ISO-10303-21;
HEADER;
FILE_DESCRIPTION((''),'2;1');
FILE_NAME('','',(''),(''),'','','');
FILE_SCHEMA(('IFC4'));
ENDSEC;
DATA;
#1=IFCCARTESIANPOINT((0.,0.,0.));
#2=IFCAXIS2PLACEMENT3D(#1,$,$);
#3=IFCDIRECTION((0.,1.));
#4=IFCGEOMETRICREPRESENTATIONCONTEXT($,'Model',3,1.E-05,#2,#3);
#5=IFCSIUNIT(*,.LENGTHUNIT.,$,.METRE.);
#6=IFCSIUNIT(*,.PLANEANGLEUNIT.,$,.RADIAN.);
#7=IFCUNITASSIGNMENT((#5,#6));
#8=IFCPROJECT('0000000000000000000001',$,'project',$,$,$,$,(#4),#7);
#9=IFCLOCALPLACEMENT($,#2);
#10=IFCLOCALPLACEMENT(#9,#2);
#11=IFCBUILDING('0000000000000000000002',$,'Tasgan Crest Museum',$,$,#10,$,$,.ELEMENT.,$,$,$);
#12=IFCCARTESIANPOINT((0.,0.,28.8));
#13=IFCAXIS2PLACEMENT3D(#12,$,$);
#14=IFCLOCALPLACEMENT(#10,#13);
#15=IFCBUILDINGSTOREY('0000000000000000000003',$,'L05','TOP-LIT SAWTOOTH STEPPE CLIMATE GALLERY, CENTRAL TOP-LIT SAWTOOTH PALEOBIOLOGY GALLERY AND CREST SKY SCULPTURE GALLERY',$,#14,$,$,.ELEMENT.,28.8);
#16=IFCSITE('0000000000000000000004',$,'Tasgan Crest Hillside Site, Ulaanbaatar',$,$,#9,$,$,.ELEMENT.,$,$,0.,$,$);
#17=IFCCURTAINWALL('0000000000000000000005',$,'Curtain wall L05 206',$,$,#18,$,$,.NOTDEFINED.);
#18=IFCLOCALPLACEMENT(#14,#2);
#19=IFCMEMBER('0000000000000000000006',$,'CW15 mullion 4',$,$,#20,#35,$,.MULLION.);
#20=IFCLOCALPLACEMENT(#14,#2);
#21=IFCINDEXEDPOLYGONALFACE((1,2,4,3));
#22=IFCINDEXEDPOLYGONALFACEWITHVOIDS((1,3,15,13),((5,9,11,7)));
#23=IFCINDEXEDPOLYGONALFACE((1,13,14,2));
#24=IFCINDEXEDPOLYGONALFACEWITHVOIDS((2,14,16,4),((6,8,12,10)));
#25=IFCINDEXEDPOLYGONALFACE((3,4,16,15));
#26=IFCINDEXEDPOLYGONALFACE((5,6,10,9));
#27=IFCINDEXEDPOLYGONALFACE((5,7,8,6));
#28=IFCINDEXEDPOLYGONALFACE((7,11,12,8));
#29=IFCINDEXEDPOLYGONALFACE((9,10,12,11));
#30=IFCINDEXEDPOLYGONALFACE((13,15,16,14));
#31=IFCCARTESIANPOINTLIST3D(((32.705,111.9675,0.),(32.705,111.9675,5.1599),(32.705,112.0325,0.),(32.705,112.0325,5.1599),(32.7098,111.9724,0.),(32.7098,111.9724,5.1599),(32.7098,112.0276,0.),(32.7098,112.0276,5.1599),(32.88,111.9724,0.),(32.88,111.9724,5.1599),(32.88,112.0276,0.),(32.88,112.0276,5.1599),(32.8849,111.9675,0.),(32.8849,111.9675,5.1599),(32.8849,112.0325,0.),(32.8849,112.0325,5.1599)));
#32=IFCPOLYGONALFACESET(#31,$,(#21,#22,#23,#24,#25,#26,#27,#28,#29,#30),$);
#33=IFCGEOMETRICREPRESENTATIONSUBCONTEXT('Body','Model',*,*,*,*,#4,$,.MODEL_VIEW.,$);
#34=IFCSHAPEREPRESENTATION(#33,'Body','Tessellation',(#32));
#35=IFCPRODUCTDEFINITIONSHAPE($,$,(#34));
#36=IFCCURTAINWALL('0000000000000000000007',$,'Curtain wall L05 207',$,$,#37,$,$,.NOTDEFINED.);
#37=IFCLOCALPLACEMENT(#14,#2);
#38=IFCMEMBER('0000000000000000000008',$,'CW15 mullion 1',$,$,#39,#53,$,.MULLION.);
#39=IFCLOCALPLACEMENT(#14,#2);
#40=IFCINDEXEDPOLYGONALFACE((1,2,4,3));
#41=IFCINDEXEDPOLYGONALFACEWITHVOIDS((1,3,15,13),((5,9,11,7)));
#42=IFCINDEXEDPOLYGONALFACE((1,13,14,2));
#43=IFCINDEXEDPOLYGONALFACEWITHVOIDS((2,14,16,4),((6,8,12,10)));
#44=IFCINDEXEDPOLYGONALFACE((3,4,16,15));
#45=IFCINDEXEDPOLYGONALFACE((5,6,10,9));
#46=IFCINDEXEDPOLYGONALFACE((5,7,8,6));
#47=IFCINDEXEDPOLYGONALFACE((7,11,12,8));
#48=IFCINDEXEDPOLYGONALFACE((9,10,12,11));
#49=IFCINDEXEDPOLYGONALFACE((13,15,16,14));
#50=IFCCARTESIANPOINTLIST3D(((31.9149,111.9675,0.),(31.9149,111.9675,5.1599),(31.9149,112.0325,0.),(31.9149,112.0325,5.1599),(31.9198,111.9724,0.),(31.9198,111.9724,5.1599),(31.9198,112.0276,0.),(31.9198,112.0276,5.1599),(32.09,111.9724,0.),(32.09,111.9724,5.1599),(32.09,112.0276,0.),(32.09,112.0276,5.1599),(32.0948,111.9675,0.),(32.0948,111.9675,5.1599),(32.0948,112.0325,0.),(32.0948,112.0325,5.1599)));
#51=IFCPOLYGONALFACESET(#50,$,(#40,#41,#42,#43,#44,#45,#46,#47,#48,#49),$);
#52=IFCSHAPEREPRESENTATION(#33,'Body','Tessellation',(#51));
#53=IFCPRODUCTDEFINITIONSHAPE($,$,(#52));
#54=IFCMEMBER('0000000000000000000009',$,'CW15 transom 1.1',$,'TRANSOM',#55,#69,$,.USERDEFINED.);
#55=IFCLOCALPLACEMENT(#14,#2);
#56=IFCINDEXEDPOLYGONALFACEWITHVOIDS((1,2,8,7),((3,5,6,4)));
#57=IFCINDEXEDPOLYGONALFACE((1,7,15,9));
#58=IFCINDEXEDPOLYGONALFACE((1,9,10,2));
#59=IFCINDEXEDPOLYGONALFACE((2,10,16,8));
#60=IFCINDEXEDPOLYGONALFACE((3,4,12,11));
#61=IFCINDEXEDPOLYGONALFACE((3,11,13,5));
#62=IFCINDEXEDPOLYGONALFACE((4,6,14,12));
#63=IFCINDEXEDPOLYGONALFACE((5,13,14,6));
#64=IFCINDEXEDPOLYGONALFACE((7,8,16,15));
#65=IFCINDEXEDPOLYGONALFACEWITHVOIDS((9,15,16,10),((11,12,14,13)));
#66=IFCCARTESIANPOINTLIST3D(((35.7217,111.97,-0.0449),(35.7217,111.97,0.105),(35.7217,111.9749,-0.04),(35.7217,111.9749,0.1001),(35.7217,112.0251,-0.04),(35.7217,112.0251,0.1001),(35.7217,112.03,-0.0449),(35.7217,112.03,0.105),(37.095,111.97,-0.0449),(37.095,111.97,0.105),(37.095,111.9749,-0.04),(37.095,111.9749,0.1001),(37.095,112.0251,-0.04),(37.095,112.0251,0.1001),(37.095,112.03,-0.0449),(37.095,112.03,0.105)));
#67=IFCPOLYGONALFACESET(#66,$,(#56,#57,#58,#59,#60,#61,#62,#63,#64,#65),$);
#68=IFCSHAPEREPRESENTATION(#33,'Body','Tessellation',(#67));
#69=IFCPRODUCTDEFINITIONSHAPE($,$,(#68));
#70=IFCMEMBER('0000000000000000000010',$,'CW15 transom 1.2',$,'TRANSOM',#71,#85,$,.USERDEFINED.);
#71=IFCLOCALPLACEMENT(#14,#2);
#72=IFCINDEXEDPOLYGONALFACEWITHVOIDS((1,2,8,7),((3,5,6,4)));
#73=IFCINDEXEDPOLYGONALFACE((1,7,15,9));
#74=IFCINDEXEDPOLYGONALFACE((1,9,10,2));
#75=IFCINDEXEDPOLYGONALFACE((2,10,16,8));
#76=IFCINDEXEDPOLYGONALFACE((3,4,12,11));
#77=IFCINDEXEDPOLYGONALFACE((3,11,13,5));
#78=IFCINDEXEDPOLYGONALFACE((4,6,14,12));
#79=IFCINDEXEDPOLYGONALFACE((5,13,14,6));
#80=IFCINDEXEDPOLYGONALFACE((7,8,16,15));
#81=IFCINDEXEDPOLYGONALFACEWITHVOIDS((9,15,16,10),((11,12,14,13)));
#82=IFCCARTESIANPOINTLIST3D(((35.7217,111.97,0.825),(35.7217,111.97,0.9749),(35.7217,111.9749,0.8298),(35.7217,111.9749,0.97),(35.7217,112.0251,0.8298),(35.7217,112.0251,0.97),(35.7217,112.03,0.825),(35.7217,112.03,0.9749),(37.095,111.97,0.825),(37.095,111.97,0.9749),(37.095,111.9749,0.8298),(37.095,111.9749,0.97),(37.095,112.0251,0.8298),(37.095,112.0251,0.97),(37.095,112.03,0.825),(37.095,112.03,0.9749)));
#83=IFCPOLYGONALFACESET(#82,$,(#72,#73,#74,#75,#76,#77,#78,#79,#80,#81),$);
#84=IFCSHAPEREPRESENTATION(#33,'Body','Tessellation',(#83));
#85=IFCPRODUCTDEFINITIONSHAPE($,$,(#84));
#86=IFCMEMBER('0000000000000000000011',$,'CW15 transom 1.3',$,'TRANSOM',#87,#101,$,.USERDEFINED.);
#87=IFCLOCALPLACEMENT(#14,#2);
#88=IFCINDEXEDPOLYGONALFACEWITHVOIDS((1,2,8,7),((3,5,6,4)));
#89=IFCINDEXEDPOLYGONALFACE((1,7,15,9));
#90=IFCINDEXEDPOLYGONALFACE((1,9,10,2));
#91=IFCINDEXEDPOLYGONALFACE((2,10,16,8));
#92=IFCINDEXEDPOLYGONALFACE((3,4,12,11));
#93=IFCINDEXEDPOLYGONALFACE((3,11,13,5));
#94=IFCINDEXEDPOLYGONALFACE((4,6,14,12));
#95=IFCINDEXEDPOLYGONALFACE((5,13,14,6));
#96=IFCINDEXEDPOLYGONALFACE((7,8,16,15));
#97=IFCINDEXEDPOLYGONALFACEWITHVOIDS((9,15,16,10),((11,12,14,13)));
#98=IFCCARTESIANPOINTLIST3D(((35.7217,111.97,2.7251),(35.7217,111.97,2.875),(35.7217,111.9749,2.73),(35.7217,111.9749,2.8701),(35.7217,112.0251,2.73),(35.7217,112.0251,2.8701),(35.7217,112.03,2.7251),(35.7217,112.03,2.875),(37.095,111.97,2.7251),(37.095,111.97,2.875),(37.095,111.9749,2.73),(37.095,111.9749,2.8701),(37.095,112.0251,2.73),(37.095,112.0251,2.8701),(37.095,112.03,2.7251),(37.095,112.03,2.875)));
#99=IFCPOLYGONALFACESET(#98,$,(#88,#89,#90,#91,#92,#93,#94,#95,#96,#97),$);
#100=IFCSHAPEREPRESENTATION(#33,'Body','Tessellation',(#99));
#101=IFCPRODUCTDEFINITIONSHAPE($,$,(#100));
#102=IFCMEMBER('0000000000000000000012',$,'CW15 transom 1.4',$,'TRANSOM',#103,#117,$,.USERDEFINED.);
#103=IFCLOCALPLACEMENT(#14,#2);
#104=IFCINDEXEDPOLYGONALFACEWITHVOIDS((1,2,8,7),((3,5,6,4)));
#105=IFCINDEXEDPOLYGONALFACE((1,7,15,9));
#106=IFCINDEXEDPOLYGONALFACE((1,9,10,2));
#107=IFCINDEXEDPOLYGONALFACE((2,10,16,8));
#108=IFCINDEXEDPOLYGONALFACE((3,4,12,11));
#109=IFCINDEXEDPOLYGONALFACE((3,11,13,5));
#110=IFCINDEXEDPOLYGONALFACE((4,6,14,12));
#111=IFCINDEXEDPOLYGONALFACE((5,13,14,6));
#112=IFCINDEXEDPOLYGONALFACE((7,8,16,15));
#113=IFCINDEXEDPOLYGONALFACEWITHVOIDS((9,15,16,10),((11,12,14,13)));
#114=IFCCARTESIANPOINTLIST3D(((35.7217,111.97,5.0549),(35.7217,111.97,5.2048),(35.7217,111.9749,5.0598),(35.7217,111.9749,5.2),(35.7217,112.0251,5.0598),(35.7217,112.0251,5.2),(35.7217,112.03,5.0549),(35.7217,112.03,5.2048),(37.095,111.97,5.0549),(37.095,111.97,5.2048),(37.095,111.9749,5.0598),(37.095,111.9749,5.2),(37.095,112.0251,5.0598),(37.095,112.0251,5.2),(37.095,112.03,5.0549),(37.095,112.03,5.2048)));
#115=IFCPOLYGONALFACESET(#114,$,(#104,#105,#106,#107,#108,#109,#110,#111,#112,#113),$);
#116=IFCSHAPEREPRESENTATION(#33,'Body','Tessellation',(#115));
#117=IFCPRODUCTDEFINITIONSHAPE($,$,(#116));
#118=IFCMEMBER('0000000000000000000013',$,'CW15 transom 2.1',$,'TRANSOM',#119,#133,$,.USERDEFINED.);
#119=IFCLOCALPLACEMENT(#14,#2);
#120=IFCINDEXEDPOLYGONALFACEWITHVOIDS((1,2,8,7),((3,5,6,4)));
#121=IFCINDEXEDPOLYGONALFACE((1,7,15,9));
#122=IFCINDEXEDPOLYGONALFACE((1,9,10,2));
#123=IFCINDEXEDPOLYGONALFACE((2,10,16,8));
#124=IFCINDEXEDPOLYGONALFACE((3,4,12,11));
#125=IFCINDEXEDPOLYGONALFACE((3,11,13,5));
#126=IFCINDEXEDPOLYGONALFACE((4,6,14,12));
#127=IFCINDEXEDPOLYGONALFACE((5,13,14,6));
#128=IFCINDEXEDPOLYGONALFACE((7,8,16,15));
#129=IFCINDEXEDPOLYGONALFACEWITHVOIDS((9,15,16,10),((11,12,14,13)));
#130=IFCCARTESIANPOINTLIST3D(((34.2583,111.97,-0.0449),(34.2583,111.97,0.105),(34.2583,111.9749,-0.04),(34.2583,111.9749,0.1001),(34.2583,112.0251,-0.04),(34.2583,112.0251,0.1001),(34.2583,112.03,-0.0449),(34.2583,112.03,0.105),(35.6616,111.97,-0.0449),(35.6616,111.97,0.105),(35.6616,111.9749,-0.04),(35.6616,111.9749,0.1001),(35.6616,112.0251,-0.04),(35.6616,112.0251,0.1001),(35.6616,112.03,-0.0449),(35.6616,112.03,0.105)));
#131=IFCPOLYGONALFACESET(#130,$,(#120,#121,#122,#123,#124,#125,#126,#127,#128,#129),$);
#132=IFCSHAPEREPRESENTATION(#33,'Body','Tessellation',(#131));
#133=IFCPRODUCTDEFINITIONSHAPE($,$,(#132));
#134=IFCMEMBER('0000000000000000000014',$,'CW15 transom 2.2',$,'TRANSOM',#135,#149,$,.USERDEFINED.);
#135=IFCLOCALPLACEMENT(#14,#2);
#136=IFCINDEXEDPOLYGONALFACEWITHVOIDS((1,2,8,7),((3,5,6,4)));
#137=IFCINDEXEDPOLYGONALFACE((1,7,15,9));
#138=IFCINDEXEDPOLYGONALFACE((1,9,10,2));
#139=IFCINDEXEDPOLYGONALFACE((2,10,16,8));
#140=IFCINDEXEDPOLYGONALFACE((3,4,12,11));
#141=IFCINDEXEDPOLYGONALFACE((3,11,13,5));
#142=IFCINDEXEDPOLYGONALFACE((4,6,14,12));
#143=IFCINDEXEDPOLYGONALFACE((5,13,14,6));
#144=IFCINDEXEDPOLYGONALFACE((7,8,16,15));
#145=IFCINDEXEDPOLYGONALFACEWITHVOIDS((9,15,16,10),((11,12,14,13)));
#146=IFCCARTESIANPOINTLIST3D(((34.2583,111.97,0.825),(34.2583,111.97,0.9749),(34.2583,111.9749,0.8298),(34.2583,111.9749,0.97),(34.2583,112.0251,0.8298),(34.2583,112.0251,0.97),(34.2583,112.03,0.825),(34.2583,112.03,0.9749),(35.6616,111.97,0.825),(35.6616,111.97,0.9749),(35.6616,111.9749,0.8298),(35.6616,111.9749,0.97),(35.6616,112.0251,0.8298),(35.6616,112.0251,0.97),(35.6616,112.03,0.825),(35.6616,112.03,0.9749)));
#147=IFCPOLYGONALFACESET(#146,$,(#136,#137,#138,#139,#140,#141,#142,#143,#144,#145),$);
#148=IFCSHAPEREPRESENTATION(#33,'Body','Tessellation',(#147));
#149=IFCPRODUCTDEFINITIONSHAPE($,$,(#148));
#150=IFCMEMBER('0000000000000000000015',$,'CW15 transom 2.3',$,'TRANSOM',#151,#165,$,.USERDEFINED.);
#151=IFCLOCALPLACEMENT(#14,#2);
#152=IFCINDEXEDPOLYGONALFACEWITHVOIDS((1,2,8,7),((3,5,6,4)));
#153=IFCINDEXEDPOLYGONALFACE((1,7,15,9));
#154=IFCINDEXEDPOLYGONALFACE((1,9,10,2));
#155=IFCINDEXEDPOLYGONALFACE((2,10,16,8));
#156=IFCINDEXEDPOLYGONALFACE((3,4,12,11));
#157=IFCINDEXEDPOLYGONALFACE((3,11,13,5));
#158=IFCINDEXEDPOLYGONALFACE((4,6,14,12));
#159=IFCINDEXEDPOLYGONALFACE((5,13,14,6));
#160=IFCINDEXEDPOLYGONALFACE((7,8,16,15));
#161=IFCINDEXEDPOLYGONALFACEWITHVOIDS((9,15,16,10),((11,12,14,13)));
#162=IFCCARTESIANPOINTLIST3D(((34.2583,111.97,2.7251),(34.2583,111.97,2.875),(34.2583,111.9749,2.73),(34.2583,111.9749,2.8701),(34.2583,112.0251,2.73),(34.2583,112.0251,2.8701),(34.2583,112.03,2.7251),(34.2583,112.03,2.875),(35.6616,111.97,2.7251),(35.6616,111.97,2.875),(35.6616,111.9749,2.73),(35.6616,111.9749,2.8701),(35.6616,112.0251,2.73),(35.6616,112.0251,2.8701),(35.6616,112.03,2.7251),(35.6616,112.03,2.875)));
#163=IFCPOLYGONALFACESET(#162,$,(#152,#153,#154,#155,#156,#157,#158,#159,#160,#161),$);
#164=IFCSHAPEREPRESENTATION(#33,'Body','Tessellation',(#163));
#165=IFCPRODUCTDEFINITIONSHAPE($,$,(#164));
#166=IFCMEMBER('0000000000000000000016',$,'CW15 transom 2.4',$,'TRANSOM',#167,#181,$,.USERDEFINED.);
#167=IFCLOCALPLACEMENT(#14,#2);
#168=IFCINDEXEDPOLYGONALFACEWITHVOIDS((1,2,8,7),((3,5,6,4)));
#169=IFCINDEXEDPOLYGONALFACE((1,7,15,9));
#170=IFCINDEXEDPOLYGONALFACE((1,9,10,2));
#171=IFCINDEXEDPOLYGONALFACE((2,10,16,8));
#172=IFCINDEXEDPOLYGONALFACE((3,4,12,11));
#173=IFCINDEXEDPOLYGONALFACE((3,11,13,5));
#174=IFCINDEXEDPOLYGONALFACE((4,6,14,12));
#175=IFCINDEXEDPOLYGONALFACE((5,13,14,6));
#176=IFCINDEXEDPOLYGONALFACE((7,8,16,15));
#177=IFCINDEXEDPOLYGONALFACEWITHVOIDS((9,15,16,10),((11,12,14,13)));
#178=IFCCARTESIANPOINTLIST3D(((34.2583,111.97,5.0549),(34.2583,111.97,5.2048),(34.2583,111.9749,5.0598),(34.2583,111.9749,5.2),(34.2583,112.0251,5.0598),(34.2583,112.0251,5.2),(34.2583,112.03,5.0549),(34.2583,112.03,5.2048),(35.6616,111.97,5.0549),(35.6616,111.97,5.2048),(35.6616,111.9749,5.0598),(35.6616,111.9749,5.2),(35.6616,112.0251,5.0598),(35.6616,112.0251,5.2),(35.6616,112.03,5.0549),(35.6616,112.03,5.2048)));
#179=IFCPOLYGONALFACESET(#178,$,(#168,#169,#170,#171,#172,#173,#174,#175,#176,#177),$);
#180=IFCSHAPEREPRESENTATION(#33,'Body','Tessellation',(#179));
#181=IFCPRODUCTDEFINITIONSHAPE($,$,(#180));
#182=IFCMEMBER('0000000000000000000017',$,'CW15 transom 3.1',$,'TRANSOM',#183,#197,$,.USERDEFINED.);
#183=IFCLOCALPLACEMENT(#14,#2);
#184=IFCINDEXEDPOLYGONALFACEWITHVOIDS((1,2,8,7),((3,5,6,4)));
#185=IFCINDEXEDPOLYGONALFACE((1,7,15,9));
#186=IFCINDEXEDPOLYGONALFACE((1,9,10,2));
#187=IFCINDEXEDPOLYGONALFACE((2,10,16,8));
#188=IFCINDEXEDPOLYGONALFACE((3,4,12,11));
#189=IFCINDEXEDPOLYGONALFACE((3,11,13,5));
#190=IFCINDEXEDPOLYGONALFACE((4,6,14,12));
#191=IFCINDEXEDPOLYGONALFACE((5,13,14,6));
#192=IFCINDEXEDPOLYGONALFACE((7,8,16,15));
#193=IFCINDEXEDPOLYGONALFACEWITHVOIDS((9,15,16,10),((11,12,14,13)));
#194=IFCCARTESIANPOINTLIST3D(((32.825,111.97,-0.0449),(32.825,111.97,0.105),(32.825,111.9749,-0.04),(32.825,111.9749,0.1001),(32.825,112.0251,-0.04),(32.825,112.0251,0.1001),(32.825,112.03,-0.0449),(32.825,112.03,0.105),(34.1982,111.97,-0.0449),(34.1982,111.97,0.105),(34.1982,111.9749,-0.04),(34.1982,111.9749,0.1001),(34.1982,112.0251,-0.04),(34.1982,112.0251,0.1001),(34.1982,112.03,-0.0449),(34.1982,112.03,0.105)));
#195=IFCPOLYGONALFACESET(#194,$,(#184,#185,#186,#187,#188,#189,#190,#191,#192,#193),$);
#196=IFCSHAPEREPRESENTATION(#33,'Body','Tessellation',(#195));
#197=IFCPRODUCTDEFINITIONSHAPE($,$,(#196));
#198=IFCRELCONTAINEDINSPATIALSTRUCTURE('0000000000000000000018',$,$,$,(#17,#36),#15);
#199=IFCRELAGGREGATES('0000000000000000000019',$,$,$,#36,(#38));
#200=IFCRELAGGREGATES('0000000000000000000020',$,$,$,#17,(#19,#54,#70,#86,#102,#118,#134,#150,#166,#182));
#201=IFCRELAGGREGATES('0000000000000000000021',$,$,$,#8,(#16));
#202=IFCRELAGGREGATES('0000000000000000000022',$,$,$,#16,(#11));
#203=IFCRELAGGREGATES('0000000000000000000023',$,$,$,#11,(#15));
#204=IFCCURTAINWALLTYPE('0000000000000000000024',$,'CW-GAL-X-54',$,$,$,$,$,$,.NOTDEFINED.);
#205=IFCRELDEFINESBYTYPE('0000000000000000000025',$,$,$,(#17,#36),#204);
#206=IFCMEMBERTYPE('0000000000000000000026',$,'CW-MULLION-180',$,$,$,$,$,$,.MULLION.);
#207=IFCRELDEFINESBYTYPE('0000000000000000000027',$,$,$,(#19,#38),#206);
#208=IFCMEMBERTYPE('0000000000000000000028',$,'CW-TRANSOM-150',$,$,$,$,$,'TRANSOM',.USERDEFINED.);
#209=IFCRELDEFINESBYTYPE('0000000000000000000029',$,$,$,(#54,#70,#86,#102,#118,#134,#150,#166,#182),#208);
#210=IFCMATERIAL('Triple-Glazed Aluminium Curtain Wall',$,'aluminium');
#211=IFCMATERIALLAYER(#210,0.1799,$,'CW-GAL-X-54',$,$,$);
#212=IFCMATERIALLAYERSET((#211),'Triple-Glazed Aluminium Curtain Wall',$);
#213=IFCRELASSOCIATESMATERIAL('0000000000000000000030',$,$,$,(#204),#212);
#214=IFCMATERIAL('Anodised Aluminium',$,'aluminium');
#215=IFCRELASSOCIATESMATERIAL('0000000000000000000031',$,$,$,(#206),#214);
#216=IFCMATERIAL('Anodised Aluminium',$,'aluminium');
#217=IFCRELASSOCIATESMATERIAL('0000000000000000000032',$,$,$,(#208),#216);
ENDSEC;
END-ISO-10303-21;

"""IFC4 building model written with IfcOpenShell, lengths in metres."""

from ifc_helpers import new_model, si_unit, direction, frame, origin, origin_2d, place, context, subcontext, project, spatial, hollow_rectangle, extrude, material, layer, layer_set, material_profile, profile_set, type_object, element, aggregate, save


model = new_model("IFC4")

# Units and contexts
model_context = context("Model", 3, precision=1e-05, world=origin(), true_north=direction((0.0, 1.0)))
body_context = subcontext(model_context, "Body", "Model", "MODEL_VIEW")
ifc_project = project(units=[si_unit("LENGTHUNIT", "METRE"), si_unit("PLANEANGLEUNIT", "RADIAN")], contexts=[model_context])

# Site, building, storey
site_placement = place(None, origin())
site = spatial("IfcSite", under=ifc_project, at=site_placement, Name="Tasgan Crest Hillside Site, Ulaanbaatar", CompositionType="ELEMENT", RefElevation=0.0)
building_placement = place(site_placement, origin())
building = spatial("IfcBuilding", under=site, at=building_placement, Name="Tasgan Crest Museum", CompositionType="ELEMENT")
storey_placement = place(building_placement, frame((0.0, 0.0, 28.8)))
storey = spatial("IfcBuildingStorey", under=building, at=storey_placement, Name="L05", Description="TOP-LIT SAWTOOTH STEPPE CLIMATE GALLERY, CENTRAL TOP-LIT SAWTOOTH PALEOBIOLOGY GALLERY AND CREST SKY SCULPTURE GALLERY", CompositionType="ELEMENT", Elevation=28.8)

# Curtain wall, member
ifc_material_1 = material(Name="Triple-Glazed Aluminium Curtain Wall", Category="aluminium")
ifc_layer_1 = layer(ifc_material_1, 0.1799, Name="CW-GAL-X-54")
ifc_layer_set_1 = layer_set([ifc_layer_1], Name="Triple-Glazed Aluminium Curtain Wall")
curtain_wall_type = type_object("IfcCurtainWallType", Name="CW-GAL-X-54", PredefinedType="NOTDEFINED", material=ifc_layer_set_1)
curtain_wall_1_placement = place(storey_placement, origin())
curtain_wall_1 = element("IfcCurtainWall", 1, at=curtain_wall_1_placement, inside=storey, type_object=curtain_wall_type, Name="Curtain wall L05 206", PredefinedType="NOTDEFINED")
ifc_material_2 = material(Name="Anodised Aluminium", Category="aluminium")
ifc_material_profile_1 = material_profile(ifc_material_2, hollow_rectangle(XDim=0.0649, YDim=0.1799, WallThickness=0.0049, at=origin_2d()), Name="ALU MULLION 180x65x5")
ifc_profile_set_1 = profile_set([ifc_material_profile_1], Name="Anodised Aluminium")
member_type_1 = type_object("IfcMemberType", Name="CW-MULLION-180", PredefinedType="MULLION", material=ifc_profile_set_1)
member_1_placement = place(storey_placement, frame((32.7949, 112.0, 0.0), z_axis=(0.0, 0.0, 1.0), x_axis=(0.0, -1.0, 0.0)))
member_1 = element("IfcMember", 2, at=member_1_placement, type_object=member_type_1, Name="CW15 mullion 4", PredefinedType="MULLION", context=body_context, shape_type="SweptSolid", body=[
    extrude(hollow_rectangle(XDim=0.0649, YDim=0.1799, WallThickness=0.0049, at=origin_2d()), origin(), (0.0, 0.0, 1.0), 5.1599),
])

# Curtain wall, member
curtain_wall_2_placement = place(storey_placement, origin())
curtain_wall_2 = element("IfcCurtainWall", 3, at=curtain_wall_2_placement, inside=storey, type_object=curtain_wall_type, Name="Curtain wall L05 207", PredefinedType="NOTDEFINED")
member_2_placement = place(storey_placement, frame((32.0049, 112.0, 0.0), z_axis=(0.0, 0.0, 1.0), x_axis=(0.0, -1.0, 0.0)))
member_2 = element("IfcMember", 4, at=member_2_placement, type_object=member_type_1, Name="CW15 mullion 1", PredefinedType="MULLION", context=body_context, shape_type="SweptSolid", body=[
    extrude(hollow_rectangle(XDim=0.0649, YDim=0.1799, WallThickness=0.0049, at=origin_2d()), origin(), (0.0, 0.0, 1.0), 5.1599),
])

# Members
ifc_material_3 = material(Name="Anodised Aluminium", Category="aluminium")
ifc_material_profile_2 = material_profile(ifc_material_3, hollow_rectangle(XDim=0.0601, YDim=0.1499, WallThickness=0.0049, at=origin_2d()), Name="ALU TRANSOM 150x60x5")
ifc_profile_set_2 = profile_set([ifc_material_profile_2], Name="Anodised Aluminium")
member_type_2 = type_object("IfcMemberType", Name="CW-TRANSOM-150", ElementType="TRANSOM", PredefinedType="USERDEFINED", material=ifc_profile_set_2)
member_3_placement = place(storey_placement, frame((37.095, 112.0, 0.03), z_axis=(-1.0, 0.0, 0.0), x_axis=(0.0, -1.0, 0.0)))
member_3 = element("IfcMember", 5, at=member_3_placement, type_object=member_type_2, Name="CW15 transom 1.1", ObjectType="TRANSOM", PredefinedType="USERDEFINED", context=body_context, shape_type="SweptSolid", body=[
    extrude(hollow_rectangle(XDim=0.0601, YDim=0.1499, WallThickness=0.0049, at=origin_2d()), origin(), (0.0, 0.0, 1.0), 1.3733),
])
member_4_placement = place(storey_placement, frame((37.095, 112.0, 0.8999), z_axis=(-1.0, 0.0, 0.0), x_axis=(0.0, -1.0, 0.0)))
member_4 = element("IfcMember", 6, at=member_4_placement, type_object=member_type_2, Name="CW15 transom 1.2", ObjectType="TRANSOM", PredefinedType="USERDEFINED", context=body_context, shape_type="SweptSolid", body=[
    extrude(hollow_rectangle(XDim=0.0601, YDim=0.1499, WallThickness=0.0049, at=origin_2d()), origin(), (0.0, 0.0, 1.0), 1.3733),
])
member_5_placement = place(storey_placement, frame((37.095, 112.0, 2.8), z_axis=(-1.0, 0.0, 0.0), x_axis=(0.0, -1.0, 0.0)))
member_5 = element("IfcMember", 7, at=member_5_placement, type_object=member_type_2, Name="CW15 transom 1.3", ObjectType="TRANSOM", PredefinedType="USERDEFINED", context=body_context, shape_type="SweptSolid", body=[
    extrude(hollow_rectangle(XDim=0.0601, YDim=0.1499, WallThickness=0.0049, at=origin_2d()), origin(), (0.0, 0.0, 1.0), 1.3733),
])
member_6_placement = place(storey_placement, frame((37.095, 112.0, 5.1299), z_axis=(-1.0, 0.0, 0.0), x_axis=(0.0, -1.0, 0.0)))
member_6 = element("IfcMember", 8, at=member_6_placement, type_object=member_type_2, Name="CW15 transom 1.4", ObjectType="TRANSOM", PredefinedType="USERDEFINED", context=body_context, shape_type="SweptSolid", body=[
    extrude(hollow_rectangle(XDim=0.0601, YDim=0.1499, WallThickness=0.0049, at=origin_2d()), origin(), (0.0, 0.0, 1.0), 1.3733),
])
member_7_placement = place(storey_placement, frame((35.6616, 112.0, 0.03), z_axis=(-1.0, 0.0, 0.0), x_axis=(0.0, -1.0, 0.0)))
member_7 = element("IfcMember", 9, at=member_7_placement, type_object=member_type_2, Name="CW15 transom 2.1", ObjectType="TRANSOM", PredefinedType="USERDEFINED", context=body_context, shape_type="SweptSolid", body=[
    extrude(hollow_rectangle(XDim=0.0601, YDim=0.1499, WallThickness=0.0049, at=origin_2d()), origin(), (0.0, 0.0, 1.0), 1.4033),
])
member_8_placement = place(storey_placement, frame((35.6616, 112.0, 0.8999), z_axis=(-1.0, 0.0, 0.0), x_axis=(0.0, -1.0, 0.0)))
member_8 = element("IfcMember", 10, at=member_8_placement, type_object=member_type_2, Name="CW15 transom 2.2", ObjectType="TRANSOM", PredefinedType="USERDEFINED", context=body_context, shape_type="SweptSolid", body=[
    extrude(hollow_rectangle(XDim=0.0601, YDim=0.1499, WallThickness=0.0049, at=origin_2d()), origin(), (0.0, 0.0, 1.0), 1.4033),
])
member_9_placement = place(storey_placement, frame((35.6616, 112.0, 2.8), z_axis=(-1.0, 0.0, 0.0), x_axis=(0.0, -1.0, 0.0)))
member_9 = element("IfcMember", 11, at=member_9_placement, type_object=member_type_2, Name="CW15 transom 2.3", ObjectType="TRANSOM", PredefinedType="USERDEFINED", context=body_context, shape_type="SweptSolid", body=[
    extrude(hollow_rectangle(XDim=0.0601, YDim=0.1499, WallThickness=0.0049, at=origin_2d()), origin(), (0.0, 0.0, 1.0), 1.4033),
])
member_10_placement = place(storey_placement, frame((35.6616, 112.0, 5.1299), z_axis=(-1.0, 0.0, 0.0), x_axis=(0.0, -1.0, 0.0)))
member_10 = element("IfcMember", 12, at=member_10_placement, type_object=member_type_2, Name="CW15 transom 2.4", ObjectType="TRANSOM", PredefinedType="USERDEFINED", context=body_context, shape_type="SweptSolid", body=[
    extrude(hollow_rectangle(XDim=0.0601, YDim=0.1499, WallThickness=0.0049, at=origin_2d()), origin(), (0.0, 0.0, 1.0), 1.4033),
])
member_11_placement = place(storey_placement, frame((34.1982, 112.0, 0.03), z_axis=(-1.0, 0.0, 0.0), x_axis=(0.0, -1.0, 0.0)))
member_11 = element("IfcMember", 13, at=member_11_placement, type_object=member_type_2, Name="CW15 transom 3.1", ObjectType="TRANSOM", PredefinedType="USERDEFINED", context=body_context, shape_type="SweptSolid", body=[
    extrude(hollow_rectangle(XDim=0.0601, YDim=0.1499, WallThickness=0.0049, at=origin_2d()), origin(), (0.0, 0.0, 1.0), 1.3733),
])
aggregate(curtain_wall_2, [member_2])

aggregate(curtain_wall_1, [member_1, member_3, member_4, member_5, member_6, member_7, member_8, member_9, member_10, member_11])

save(model, "model.ifc")
